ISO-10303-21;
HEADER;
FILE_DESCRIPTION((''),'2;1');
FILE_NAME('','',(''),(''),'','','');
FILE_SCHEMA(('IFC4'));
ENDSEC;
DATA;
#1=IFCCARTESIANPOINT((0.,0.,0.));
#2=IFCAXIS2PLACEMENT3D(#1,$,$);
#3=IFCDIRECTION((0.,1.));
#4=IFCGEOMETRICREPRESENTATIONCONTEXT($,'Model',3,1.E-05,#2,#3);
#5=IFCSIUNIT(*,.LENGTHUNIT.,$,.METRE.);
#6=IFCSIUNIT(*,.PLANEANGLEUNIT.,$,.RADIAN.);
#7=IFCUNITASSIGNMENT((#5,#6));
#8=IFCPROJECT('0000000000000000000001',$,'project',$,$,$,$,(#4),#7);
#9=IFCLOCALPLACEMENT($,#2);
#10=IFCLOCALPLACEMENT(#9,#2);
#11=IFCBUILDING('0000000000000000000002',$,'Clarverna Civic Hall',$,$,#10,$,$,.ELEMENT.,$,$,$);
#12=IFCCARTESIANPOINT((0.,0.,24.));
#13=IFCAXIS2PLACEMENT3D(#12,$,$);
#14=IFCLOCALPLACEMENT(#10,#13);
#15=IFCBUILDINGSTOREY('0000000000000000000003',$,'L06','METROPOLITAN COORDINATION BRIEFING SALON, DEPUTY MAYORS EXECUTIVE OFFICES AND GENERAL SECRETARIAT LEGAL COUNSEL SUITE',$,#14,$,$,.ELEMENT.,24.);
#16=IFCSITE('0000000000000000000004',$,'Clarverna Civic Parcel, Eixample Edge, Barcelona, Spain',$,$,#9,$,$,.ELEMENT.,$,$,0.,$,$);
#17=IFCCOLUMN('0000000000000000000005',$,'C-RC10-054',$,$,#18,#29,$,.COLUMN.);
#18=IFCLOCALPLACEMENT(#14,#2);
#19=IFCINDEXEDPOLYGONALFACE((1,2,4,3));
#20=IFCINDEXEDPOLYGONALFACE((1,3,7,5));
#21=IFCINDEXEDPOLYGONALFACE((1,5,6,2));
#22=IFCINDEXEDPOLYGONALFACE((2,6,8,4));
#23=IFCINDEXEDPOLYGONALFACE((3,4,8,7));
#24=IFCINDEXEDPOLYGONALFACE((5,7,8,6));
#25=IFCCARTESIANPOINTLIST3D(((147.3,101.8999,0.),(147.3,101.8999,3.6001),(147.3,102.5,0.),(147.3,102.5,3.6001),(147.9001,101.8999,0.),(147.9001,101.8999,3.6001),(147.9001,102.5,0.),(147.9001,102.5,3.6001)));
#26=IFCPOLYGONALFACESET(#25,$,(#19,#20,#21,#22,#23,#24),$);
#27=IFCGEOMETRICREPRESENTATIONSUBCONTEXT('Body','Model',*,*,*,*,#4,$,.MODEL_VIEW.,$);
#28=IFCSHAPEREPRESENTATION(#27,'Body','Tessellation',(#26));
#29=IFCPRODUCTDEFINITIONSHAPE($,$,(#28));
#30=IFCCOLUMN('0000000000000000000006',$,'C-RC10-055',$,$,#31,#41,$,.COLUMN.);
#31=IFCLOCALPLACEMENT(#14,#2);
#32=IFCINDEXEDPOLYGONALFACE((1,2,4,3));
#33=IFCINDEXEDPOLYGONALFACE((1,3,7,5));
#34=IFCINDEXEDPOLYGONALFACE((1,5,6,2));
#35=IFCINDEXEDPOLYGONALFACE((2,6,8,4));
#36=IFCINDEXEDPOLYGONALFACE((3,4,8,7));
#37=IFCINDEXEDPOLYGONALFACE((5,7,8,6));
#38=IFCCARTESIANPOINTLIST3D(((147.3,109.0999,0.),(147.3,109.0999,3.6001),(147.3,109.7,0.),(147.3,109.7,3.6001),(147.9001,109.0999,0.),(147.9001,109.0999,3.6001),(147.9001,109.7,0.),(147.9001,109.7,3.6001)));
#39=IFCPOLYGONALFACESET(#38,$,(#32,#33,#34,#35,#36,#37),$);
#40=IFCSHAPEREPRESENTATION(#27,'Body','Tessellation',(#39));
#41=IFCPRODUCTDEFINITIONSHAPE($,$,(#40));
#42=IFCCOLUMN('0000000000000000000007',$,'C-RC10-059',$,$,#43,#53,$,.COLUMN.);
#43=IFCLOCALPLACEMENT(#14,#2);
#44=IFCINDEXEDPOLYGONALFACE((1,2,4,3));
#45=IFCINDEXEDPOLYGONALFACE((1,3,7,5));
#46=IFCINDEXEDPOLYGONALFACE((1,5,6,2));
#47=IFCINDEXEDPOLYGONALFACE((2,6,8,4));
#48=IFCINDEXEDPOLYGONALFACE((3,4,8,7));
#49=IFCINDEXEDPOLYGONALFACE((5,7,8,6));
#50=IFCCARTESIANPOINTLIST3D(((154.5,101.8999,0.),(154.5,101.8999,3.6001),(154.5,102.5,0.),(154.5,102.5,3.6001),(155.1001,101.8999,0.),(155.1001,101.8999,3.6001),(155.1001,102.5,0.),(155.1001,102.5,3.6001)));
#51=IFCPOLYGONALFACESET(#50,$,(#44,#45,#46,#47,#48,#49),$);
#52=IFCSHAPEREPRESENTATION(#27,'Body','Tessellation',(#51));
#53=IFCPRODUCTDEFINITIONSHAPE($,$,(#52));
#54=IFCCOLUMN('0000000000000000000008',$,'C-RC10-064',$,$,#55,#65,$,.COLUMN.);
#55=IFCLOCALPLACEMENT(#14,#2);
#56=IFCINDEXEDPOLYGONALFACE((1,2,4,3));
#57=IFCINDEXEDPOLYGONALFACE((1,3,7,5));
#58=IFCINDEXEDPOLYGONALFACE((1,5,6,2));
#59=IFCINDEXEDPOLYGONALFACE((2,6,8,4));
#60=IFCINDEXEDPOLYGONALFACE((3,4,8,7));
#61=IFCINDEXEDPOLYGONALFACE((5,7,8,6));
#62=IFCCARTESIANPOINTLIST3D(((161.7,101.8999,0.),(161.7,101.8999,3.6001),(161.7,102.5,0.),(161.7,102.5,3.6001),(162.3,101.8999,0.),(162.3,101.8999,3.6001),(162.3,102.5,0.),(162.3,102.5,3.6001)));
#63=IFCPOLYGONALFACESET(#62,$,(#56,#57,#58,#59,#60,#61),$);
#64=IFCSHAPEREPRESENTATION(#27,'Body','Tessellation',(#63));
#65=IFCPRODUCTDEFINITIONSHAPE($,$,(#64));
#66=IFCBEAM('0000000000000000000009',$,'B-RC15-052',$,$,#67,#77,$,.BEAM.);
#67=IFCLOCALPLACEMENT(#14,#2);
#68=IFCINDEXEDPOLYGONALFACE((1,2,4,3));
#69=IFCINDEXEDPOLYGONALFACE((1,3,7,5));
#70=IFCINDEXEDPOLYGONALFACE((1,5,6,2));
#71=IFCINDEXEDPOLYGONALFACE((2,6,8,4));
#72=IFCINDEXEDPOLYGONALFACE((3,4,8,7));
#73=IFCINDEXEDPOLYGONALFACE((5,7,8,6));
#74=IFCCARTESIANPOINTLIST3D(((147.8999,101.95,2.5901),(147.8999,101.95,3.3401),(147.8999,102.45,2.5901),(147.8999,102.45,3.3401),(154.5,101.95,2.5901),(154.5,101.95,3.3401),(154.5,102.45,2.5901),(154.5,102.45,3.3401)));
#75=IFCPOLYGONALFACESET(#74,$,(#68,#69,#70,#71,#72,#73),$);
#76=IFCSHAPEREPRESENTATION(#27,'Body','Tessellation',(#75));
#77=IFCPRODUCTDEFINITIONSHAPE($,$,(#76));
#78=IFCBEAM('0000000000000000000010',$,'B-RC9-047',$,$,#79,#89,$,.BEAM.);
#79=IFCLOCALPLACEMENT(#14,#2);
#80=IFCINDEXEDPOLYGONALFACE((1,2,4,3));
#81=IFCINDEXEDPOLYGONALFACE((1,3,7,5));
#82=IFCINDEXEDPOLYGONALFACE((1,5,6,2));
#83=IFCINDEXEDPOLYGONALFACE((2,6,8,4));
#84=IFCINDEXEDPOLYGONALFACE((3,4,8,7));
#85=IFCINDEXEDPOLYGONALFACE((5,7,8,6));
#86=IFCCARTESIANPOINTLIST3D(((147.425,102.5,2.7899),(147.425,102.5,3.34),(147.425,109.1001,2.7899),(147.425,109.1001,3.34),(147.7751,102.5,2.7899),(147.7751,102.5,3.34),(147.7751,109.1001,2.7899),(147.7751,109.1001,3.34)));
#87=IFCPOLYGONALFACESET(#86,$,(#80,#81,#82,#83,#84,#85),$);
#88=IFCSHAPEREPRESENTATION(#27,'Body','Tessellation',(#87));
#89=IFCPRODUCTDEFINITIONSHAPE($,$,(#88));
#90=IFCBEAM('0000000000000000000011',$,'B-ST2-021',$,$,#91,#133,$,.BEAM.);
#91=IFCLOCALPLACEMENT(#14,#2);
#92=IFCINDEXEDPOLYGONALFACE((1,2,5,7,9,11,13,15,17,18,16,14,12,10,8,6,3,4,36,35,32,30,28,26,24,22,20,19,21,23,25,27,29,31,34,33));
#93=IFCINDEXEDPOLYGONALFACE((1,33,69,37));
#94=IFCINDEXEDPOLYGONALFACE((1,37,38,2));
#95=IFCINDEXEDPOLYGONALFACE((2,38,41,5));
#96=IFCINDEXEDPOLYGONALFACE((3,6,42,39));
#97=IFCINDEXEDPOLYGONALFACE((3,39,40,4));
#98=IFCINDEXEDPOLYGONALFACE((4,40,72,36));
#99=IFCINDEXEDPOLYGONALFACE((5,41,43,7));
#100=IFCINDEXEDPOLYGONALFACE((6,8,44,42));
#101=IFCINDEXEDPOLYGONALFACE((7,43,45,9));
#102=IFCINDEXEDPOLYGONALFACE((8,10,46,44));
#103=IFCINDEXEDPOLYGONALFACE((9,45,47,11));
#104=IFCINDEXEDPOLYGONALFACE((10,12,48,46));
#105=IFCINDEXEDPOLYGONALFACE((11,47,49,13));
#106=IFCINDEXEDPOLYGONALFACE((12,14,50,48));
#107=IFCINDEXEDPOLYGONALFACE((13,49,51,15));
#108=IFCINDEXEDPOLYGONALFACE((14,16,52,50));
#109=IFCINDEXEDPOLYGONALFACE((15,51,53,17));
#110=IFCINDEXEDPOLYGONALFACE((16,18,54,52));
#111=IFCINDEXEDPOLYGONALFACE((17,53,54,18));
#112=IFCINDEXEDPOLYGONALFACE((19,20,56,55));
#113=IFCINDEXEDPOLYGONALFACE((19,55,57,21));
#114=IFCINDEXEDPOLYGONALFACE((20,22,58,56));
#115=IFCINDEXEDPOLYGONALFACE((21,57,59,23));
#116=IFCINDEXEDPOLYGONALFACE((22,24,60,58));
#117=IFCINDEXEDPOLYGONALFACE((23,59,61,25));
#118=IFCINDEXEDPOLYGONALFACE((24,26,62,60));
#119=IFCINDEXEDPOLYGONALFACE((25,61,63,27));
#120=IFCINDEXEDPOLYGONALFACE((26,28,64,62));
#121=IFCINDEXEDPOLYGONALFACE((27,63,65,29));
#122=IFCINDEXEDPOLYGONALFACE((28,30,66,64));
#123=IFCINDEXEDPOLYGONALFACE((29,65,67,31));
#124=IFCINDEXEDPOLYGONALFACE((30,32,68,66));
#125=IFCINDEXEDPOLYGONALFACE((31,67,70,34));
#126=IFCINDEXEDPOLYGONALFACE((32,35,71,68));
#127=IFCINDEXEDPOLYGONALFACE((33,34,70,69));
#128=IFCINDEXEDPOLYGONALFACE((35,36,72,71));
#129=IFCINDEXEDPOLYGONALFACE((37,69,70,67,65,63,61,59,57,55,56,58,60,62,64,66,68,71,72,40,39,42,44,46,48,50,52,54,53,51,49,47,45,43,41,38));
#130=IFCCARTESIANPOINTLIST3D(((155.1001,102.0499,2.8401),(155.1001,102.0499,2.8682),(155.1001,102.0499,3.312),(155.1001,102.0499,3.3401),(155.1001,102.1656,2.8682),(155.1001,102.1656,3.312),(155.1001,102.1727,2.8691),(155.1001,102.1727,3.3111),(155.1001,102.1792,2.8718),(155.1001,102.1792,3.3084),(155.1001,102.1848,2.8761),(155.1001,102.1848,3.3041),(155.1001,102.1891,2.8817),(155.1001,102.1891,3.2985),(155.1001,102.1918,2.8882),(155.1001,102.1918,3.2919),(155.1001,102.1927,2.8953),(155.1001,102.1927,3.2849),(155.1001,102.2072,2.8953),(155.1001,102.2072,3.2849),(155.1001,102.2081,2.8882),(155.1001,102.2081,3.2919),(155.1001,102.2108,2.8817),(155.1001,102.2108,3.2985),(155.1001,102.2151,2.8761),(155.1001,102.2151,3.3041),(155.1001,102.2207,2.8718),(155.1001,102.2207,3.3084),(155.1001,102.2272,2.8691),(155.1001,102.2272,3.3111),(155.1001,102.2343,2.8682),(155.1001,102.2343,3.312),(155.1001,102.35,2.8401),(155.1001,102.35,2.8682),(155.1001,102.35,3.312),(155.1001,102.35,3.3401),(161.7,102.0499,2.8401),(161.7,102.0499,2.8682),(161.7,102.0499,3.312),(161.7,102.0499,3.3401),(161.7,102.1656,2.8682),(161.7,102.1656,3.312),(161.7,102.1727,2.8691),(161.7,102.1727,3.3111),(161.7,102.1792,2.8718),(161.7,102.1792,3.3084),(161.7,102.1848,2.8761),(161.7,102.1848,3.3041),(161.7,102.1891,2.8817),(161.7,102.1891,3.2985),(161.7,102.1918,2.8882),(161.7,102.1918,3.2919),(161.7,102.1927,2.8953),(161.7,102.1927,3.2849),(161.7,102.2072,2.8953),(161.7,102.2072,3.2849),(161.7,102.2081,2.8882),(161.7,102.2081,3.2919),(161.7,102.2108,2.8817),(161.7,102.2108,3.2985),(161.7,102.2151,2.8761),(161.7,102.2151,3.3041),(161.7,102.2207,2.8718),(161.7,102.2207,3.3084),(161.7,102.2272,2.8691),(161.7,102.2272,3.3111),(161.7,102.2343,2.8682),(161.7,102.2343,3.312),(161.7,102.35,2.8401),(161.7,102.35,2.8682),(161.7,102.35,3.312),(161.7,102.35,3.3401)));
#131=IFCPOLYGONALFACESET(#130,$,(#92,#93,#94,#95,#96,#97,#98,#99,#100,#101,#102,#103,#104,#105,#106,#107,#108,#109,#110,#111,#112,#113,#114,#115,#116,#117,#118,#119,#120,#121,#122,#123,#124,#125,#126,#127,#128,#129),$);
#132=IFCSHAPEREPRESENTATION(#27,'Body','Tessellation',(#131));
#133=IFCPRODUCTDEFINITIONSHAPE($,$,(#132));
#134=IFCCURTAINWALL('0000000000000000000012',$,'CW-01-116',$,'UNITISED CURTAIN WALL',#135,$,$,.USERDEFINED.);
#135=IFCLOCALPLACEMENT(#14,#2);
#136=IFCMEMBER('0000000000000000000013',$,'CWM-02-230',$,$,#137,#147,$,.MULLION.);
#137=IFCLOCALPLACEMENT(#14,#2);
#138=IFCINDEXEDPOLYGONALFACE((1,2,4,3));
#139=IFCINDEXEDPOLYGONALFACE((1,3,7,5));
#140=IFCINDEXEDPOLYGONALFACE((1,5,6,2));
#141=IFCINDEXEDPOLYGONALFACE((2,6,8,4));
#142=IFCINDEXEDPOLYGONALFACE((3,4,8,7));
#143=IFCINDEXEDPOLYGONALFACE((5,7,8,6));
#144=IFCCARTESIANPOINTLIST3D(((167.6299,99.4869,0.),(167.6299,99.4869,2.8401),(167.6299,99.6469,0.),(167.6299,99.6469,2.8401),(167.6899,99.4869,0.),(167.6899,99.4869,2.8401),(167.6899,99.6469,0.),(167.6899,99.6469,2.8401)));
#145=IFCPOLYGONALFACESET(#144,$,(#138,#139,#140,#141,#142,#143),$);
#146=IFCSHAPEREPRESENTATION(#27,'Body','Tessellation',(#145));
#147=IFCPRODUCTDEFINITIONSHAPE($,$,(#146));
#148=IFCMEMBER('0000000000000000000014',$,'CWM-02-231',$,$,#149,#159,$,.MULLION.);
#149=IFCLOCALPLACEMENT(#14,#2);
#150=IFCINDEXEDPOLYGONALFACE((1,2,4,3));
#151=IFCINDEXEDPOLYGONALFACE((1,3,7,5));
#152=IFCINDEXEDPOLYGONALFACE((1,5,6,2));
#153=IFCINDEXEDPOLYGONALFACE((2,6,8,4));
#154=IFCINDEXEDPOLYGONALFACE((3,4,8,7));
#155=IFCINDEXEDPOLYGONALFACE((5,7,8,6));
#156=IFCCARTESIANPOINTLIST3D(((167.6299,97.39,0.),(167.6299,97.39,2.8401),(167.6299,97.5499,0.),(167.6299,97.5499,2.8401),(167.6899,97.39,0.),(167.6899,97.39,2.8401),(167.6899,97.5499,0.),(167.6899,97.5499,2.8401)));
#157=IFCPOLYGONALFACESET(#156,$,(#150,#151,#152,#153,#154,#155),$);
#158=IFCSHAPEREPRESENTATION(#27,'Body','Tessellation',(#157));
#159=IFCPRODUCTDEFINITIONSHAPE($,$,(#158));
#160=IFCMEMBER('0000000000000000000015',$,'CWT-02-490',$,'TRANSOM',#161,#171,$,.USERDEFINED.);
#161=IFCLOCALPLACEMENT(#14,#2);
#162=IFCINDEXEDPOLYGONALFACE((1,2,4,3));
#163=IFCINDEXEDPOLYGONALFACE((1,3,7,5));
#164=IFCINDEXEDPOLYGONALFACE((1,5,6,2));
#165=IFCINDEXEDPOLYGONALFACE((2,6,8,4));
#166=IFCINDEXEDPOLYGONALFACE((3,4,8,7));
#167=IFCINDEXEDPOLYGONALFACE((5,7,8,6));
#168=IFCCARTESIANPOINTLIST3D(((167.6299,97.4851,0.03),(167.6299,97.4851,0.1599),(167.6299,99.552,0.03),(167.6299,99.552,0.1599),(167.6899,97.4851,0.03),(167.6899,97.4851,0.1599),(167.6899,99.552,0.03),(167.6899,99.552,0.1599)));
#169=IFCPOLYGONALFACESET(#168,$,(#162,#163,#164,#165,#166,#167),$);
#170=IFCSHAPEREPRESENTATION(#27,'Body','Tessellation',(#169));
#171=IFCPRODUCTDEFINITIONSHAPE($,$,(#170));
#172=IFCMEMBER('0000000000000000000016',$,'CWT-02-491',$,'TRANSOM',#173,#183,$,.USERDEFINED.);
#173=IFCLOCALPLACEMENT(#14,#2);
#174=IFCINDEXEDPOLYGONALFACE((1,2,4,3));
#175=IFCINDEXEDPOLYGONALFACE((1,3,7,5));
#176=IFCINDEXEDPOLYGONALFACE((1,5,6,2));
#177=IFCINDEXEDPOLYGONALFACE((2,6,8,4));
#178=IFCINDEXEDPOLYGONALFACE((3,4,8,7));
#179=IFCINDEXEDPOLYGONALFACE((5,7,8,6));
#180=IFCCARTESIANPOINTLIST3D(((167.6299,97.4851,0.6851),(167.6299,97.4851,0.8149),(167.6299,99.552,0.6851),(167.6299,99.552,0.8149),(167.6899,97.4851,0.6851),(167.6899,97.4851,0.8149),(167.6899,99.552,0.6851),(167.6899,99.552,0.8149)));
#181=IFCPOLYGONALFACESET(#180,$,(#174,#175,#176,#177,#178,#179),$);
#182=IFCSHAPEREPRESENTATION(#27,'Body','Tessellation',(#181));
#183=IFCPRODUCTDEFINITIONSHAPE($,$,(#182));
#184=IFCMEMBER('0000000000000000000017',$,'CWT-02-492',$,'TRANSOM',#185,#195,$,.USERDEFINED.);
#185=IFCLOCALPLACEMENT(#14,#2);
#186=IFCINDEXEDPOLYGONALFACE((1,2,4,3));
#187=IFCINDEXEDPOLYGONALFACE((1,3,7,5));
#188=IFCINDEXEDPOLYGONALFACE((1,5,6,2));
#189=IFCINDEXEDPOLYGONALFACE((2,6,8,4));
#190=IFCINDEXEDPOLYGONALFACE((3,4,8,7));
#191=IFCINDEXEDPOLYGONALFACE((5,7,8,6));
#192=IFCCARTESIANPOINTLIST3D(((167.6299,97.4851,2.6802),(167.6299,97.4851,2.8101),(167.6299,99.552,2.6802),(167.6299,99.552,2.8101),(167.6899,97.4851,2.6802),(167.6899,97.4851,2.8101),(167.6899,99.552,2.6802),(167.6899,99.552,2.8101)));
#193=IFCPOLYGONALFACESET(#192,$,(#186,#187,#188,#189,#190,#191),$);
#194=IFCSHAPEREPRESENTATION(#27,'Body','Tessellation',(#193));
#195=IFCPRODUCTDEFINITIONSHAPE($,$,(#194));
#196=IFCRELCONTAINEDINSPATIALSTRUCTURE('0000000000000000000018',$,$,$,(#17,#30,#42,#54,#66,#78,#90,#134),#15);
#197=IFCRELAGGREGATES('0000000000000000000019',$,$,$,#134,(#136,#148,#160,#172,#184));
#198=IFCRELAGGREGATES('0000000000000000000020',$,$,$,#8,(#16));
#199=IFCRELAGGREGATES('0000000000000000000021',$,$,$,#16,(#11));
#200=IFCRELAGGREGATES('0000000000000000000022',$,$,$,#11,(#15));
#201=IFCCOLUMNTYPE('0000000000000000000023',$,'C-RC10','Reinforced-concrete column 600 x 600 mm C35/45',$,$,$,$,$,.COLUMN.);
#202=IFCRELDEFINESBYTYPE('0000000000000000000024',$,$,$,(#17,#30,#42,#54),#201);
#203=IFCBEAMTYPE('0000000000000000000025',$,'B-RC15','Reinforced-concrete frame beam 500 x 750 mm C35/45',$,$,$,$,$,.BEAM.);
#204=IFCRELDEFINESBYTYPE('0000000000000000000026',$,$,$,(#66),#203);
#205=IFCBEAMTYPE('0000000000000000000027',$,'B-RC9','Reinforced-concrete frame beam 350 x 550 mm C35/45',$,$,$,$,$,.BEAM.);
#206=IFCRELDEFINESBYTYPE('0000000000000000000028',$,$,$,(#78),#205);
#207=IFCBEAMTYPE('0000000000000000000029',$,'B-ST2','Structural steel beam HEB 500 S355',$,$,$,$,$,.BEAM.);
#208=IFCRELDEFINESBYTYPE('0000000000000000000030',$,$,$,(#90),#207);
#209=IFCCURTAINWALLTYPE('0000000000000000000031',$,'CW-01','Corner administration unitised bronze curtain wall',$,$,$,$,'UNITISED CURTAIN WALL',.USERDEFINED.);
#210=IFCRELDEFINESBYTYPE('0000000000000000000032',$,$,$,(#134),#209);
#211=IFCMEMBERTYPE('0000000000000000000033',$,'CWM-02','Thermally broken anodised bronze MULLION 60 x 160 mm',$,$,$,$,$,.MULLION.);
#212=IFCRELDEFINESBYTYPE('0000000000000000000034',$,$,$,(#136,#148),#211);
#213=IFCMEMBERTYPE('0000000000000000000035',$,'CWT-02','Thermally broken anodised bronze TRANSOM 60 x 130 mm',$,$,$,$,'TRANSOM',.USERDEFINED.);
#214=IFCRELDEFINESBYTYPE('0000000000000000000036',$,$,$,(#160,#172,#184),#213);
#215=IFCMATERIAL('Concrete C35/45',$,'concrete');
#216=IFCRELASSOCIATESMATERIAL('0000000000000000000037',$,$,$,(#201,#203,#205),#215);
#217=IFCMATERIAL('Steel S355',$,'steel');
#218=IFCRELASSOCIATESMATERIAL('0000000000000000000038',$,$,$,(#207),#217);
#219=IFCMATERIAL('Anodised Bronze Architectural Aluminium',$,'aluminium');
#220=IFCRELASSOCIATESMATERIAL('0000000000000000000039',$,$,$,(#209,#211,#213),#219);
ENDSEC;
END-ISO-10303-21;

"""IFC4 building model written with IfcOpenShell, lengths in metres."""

from ifc_helpers import new_model, si_unit, direction, frame, origin, origin_2d, place, context, subcontext, project, spatial, rectangle, i_section, extrude, material, material_profile, profile_set, type_object, element, aggregate, save


model = new_model("IFC4")

# Units and contexts
model_context = context("Model", 3, precision=1e-05, world=origin(), true_north=direction((0.0, 1.0)))
body_context = subcontext(model_context, "Body", "Model", "MODEL_VIEW")
ifc_project = project(units=[si_unit("LENGTHUNIT", "METRE"), si_unit("PLANEANGLEUNIT", "RADIAN")], contexts=[model_context])

# Site, building, storey
site_placement = place(None, origin())
site = spatial("IfcSite", under=ifc_project, at=site_placement, Name="Clarverna Civic Parcel, Eixample Edge, Barcelona, Spain", CompositionType="ELEMENT", RefElevation=0.0)
building_placement = place(site_placement, origin())
building = spatial("IfcBuilding", under=site, at=building_placement, Name="Clarverna Civic Hall", CompositionType="ELEMENT")
storey_placement = place(building_placement, frame((0.0, 0.0, 24.0)))
storey = spatial("IfcBuildingStorey", under=building, at=storey_placement, Name="L06", Description="METROPOLITAN COORDINATION BRIEFING SALON, DEPUTY MAYORS EXECUTIVE OFFICES AND GENERAL SECRETARIAT LEGAL COUNSEL SUITE", CompositionType="ELEMENT", Elevation=24.0)

# Columns
ifc_material_1 = material(Name="Concrete C35/45", Category="concrete")
ifc_material_profile_1 = material_profile(ifc_material_1, rectangle(XDim=0.6001, YDim=0.6001, at=origin_2d()), Name="RC 600x600")
ifc_profile_set_1 = profile_set([ifc_material_profile_1], Name="Concrete C35/45")
column_type = type_object("IfcColumnType", Name="C-RC10", Description="Reinforced-concrete column 600 x 600 mm C35/45", PredefinedType="COLUMN", material=ifc_profile_set_1)
for number, where, z_axis, x_axis, name in (
    (1, (147.6001, 102.2, 0.0), (0.0, 0.0, 1.0), (1.0, 0.0, 0.0), "C-RC10-054"),
    (2, (147.6001, 109.3999, 0.0), (0.0, 0.0, 1.0), (1.0, 0.0, 0.0), "C-RC10-055"),
    (3, (154.8, 102.2, 0.0), (0.0, 0.0, 1.0), (1.0, 0.0, 0.0), "C-RC10-059"),
    (4, (162.0, 102.2, 0.0), (0.0, 0.0, 1.0), (1.0, 0.0, 0.0), "C-RC10-064"),
):
    element("IfcColumn", number, at=place(storey_placement, frame(where, z_axis=z_axis, x_axis=x_axis)), inside=storey, type_object=column_type, Name=name, PredefinedType="COLUMN", context=body_context, shape_type="SweptSolid", body=[
        extrude(rectangle(XDim=0.6001, YDim=0.6001, at=origin_2d()), origin(), (0.0, 0.0, 1.0), 3.6001),
    ])

# Beams
ifc_material_profile_2 = material_profile(ifc_material_1, rectangle(XDim=0.5, YDim=0.75, at=origin_2d()), Name="RC 500x750")
ifc_profile_set_2 = profile_set([ifc_material_profile_2], Name="Concrete C35/45")
beam_type_1 = type_object("IfcBeamType", Name="B-RC15", Description="Reinforced-concrete frame beam 500 x 750 mm C35/45", PredefinedType="BEAM", material=ifc_profile_set_2)
beam_1_placement = place(storey_placement, frame((147.8999, 102.2, 2.9651), z_axis=(1.0, 0.0, 0.0), x_axis=(0.0, 1.0, 0.0)))
element("IfcBeam", 5, at=beam_1_placement, inside=storey, type_object=beam_type_1, Name="B-RC15-052", PredefinedType="BEAM", context=body_context, shape_type="SweptSolid", body=[
    extrude(rectangle(XDim=0.5, YDim=0.75, at=origin_2d()), origin(), (0.0, 0.0, 1.0), 6.6001),
])
ifc_material_profile_3 = material_profile(ifc_material_1, rectangle(XDim=0.3501, YDim=0.55, at=origin_2d()), Name="RC 350x550")
ifc_profile_set_3 = profile_set([ifc_material_profile_3], Name="Concrete C35/45")
beam_type_2 = type_object("IfcBeamType", Name="B-RC9", Description="Reinforced-concrete frame beam 350 x 550 mm C35/45", PredefinedType="BEAM", material=ifc_profile_set_3)
beam_2_placement = place(storey_placement, frame((147.6001, 102.5, 3.0649), z_axis=(0.0, 1.0, 0.0), x_axis=(-1.0, 0.0, 0.0)))
element("IfcBeam", 6, at=beam_2_placement, inside=storey, type_object=beam_type_2, Name="B-RC9-047", PredefinedType="BEAM", context=body_context, shape_type="SweptSolid", body=[
    extrude(rectangle(XDim=0.3501, YDim=0.55, at=origin_2d()), origin(), (0.0, 0.0, 1.0), 6.6001),
])
ifc_material_2 = material(Name="Steel S355", Category="steel")
ifc_material_profile_4 = material_profile(ifc_material_2, i_section(OverallWidth=0.3, OverallDepth=0.5, WebThickness=0.0144, FlangeThickness=0.0281, FilletRadius=0.0271, at=origin_2d()), Name="HEB 500")
ifc_profile_set_4 = profile_set([ifc_material_profile_4], Name="Steel S355")
beam_type_3 = type_object("IfcBeamType", Name="B-ST2", Description="Structural steel beam HEB 500 S355", PredefinedType="BEAM", material=ifc_profile_set_4)
beam_3_placement = place(storey_placement, frame((155.1001, 102.2, 3.0901), z_axis=(1.0, 0.0, 0.0), x_axis=(0.0, 1.0, 0.0)))
element("IfcBeam", 7, at=beam_3_placement, inside=storey, type_object=beam_type_3, Name="B-ST2-021", PredefinedType="BEAM", context=body_context, shape_type="SweptSolid", body=[
    extrude(i_section(OverallWidth=0.3, OverallDepth=0.5, WebThickness=0.0144, FlangeThickness=0.0281, FilletRadius=0.0271, at=origin_2d()), origin(), (0.0, 0.0, 1.0), 6.5999),
])

# Curtain wall, members
ifc_material_3 = material(Name="Anodised Bronze Architectural Aluminium", Category="aluminium")
curtain_wall_type = type_object("IfcCurtainWallType", Name="CW-01", Description="Corner administration unitised bronze curtain wall", ElementType="UNITISED CURTAIN WALL", PredefinedType="USERDEFINED", material=ifc_material_3)
curtain_wall_placement = place(storey_placement, origin())
curtain_wall = element("IfcCurtainWall", 8, at=curtain_wall_placement, inside=storey, type_object=curtain_wall_type, Name="CW-01-116", ObjectType="UNITISED CURTAIN WALL", PredefinedType="USERDEFINED")
ifc_material_profile_5 = material_profile(ifc_material_3, rectangle(XDim=0.0601, YDim=0.1599, at=origin_2d()), Name="BRONZE 60x160")
ifc_profile_set_5 = profile_set([ifc_material_profile_5], Name="Anodised Bronze Architectural Aluminium")
member_type_1 = type_object("IfcMemberType", Name="CWM-02", Description="Thermally broken anodised bronze MULLION 60 x 160 mm", PredefinedType="MULLION", material=ifc_profile_set_5)
member_1_placement = place(storey_placement, frame((167.6599, 99.5669, 0.0), z_axis=(0.0, 0.0, 1.0), x_axis=(1.0, 0.0, 0.0)))
member_1 = element("IfcMember", 9, at=member_1_placement, type_object=member_type_1, Name="CWM-02-230", PredefinedType="MULLION", context=body_context, shape_type="SweptSolid", body=[
    extrude(rectangle(XDim=0.0601, YDim=0.1599, at=origin_2d()), origin(), (0.0, 0.0, 1.0), 2.8401),
])
member_2_placement = place(storey_placement, frame((167.6599, 97.47, 0.0), z_axis=(0.0, 0.0, 1.0), x_axis=(1.0, 0.0, 0.0)))
member_2 = element("IfcMember", 10, at=member_2_placement, type_object=member_type_1, Name="CWM-02-231", PredefinedType="MULLION", context=body_context, shape_type="SweptSolid", body=[
    extrude(rectangle(XDim=0.0601, YDim=0.1599, at=origin_2d()), origin(), (0.0, 0.0, 1.0), 2.8401),
])
ifc_material_profile_6 = material_profile(ifc_material_3, rectangle(XDim=0.0601, YDim=0.1299, at=origin_2d()), Name="BRONZE 60x130")
ifc_profile_set_6 = profile_set([ifc_material_profile_6], Name="Anodised Bronze Architectural Aluminium")
member_type_2 = type_object("IfcMemberType", Name="CWT-02", Description="Thermally broken anodised bronze TRANSOM 60 x 130 mm", ElementType="TRANSOM", PredefinedType="USERDEFINED", material=ifc_profile_set_6)
member_3_placement = place(storey_placement, frame((167.6599, 99.552, 0.095), z_axis=(0.0, -1.0, 0.0), x_axis=(1.0, 0.0, 0.0)))
member_3 = element("IfcMember", 11, at=member_3_placement, type_object=member_type_2, Name="CWT-02-490", ObjectType="TRANSOM", PredefinedType="USERDEFINED", context=body_context, shape_type="SweptSolid", body=[
    extrude(rectangle(XDim=0.0601, YDim=0.1299, at=origin_2d()), origin(), (0.0, 0.0, 1.0), 2.0669),
])
member_4_placement = place(storey_placement, frame((167.6599, 99.552, 0.75), z_axis=(0.0, -1.0, 0.0), x_axis=(1.0, 0.0, 0.0)))
member_4 = element("IfcMember", 12, at=member_4_placement, type_object=member_type_2, Name="CWT-02-491", ObjectType="TRANSOM", PredefinedType="USERDEFINED", context=body_context, shape_type="SweptSolid", body=[
    extrude(rectangle(XDim=0.0601, YDim=0.1299, at=origin_2d()), origin(), (0.0, 0.0, 1.0), 2.0669),
])
member_5_placement = place(storey_placement, frame((167.6599, 99.552, 2.7451), z_axis=(0.0, -1.0, 0.0), x_axis=(1.0, 0.0, 0.0)))
member_5 = element("IfcMember", 13, at=member_5_placement, type_object=member_type_2, Name="CWT-02-492", ObjectType="TRANSOM", PredefinedType="USERDEFINED", context=body_context, shape_type="SweptSolid", body=[
    extrude(rectangle(XDim=0.0601, YDim=0.1299, at=origin_2d()), origin(), (0.0, 0.0, 1.0), 2.0669),
])
aggregate(curtain_wall, [member_1, member_2, member_3, member_4, member_5])

save(model, "model.ifc")
